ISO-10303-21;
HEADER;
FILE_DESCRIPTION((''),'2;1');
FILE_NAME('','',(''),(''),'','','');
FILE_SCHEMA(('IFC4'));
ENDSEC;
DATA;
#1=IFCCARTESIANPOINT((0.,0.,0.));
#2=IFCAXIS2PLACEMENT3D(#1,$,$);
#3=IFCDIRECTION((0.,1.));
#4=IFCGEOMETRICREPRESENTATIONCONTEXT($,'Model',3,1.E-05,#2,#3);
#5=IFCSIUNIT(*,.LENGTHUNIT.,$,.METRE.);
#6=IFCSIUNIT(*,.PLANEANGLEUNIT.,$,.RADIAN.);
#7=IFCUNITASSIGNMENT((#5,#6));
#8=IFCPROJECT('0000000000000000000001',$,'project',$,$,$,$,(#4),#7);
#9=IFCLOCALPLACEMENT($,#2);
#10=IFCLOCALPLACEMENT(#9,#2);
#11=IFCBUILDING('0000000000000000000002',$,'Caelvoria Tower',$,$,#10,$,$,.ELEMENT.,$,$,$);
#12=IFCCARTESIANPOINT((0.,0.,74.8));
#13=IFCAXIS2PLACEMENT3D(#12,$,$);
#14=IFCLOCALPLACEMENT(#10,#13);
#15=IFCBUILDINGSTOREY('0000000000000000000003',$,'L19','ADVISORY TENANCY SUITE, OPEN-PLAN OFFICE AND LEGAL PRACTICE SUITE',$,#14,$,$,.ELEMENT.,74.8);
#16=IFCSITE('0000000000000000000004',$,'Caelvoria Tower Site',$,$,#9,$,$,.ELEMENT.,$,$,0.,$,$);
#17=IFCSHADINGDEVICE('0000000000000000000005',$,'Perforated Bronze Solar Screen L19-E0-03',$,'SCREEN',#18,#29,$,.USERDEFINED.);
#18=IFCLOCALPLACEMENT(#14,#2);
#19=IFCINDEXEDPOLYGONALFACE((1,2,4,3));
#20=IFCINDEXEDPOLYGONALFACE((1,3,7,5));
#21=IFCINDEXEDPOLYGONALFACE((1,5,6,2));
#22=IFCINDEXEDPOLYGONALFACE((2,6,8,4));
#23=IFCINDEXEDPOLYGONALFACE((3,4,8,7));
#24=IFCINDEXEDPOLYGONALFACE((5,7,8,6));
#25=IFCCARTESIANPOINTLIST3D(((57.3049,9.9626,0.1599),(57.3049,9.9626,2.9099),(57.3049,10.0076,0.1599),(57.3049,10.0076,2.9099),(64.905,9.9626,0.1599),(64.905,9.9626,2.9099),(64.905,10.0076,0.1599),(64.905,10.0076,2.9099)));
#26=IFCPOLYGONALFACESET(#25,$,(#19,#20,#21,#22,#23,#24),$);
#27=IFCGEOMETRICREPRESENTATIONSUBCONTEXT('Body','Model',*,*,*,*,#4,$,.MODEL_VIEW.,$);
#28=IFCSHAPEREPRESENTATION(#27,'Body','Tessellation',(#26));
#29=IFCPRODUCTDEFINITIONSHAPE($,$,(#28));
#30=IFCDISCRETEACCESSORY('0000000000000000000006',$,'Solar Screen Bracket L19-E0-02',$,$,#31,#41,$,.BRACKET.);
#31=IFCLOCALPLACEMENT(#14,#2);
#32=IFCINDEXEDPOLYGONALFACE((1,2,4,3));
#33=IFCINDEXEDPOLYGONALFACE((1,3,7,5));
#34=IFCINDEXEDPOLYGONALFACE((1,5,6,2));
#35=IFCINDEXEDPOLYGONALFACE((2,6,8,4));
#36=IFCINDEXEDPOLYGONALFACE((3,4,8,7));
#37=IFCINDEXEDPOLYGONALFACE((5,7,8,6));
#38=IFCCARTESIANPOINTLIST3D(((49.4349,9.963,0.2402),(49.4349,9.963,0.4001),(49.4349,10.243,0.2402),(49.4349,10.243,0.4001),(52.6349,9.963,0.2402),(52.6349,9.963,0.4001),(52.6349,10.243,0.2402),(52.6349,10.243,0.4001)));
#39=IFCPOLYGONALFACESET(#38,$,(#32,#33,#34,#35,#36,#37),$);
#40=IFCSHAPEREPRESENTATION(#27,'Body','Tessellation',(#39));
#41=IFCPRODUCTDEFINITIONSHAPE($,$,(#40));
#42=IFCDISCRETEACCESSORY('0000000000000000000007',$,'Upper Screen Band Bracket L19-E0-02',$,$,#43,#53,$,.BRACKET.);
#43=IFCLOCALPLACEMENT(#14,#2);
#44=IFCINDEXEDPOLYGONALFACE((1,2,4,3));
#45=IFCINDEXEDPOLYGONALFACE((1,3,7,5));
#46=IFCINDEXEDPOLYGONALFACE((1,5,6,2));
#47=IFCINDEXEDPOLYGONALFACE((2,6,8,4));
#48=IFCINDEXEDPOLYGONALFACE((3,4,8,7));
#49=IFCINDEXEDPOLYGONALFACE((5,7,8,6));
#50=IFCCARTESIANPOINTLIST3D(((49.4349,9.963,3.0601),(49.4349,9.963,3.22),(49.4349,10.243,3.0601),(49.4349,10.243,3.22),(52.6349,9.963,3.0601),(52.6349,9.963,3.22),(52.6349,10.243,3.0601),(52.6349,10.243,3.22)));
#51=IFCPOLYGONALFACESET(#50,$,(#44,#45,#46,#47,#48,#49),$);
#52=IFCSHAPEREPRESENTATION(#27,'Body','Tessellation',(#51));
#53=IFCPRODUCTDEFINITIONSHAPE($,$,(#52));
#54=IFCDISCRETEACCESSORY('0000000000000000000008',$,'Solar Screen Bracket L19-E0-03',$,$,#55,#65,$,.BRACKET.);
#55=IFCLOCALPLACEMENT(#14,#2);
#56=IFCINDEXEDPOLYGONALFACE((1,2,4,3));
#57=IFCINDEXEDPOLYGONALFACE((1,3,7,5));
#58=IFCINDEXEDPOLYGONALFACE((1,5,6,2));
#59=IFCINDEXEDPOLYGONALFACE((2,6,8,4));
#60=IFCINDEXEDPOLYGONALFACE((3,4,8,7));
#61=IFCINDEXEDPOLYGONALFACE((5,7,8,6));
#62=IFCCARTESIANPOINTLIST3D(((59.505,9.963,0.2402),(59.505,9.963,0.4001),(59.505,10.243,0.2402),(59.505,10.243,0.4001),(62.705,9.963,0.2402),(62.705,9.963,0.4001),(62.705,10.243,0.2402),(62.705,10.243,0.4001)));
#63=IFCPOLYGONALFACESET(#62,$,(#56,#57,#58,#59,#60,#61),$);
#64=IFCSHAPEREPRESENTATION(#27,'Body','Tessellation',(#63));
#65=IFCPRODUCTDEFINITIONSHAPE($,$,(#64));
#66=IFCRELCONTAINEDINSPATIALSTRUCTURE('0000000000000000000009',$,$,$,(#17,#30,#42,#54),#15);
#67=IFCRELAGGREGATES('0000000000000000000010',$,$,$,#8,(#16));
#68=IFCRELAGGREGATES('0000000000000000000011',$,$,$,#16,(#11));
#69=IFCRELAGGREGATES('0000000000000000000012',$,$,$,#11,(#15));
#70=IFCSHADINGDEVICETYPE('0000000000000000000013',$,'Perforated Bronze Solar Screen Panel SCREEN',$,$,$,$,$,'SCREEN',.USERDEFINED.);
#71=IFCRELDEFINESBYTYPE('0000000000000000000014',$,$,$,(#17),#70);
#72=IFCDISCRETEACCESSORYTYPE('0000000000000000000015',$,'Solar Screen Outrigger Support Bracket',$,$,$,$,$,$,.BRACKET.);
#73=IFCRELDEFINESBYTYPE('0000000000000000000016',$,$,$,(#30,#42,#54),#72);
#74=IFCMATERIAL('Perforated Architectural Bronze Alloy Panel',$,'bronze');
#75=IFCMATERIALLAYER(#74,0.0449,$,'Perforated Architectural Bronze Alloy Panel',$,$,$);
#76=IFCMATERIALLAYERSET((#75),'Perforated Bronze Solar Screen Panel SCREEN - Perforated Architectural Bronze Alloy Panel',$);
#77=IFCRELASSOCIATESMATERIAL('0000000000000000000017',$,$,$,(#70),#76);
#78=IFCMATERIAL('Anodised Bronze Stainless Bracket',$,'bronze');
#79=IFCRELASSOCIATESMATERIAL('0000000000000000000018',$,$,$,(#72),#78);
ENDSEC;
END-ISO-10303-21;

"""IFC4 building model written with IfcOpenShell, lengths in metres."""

from ifc_helpers import new_model, si_unit, direction, frame, origin, origin_2d, place, context, subcontext, project, spatial, rectangle, extrude, material, layer, layer_set, type_object, element, save


model = new_model("IFC4")

# Units and contexts
model_context = context("Model", 3, precision=1e-05, world=origin(), true_north=direction((0.0, 1.0)))
body_context = subcontext(model_context, "Body", "Model", "MODEL_VIEW")
ifc_project = project(units=[si_unit("LENGTHUNIT", "METRE"), si_unit("PLANEANGLEUNIT", "RADIAN")], contexts=[model_context])

# Site, building, storey
site_placement = place(None, origin())
site = spatial("IfcSite", under=ifc_project, at=site_placement, Name="Caelvoria Tower Site", CompositionType="ELEMENT", RefElevation=0.0)
building_placement = place(site_placement, origin())
building = spatial("IfcBuilding", under=site, at=building_placement, Name="Caelvoria Tower", CompositionType="ELEMENT")
storey_placement = place(building_placement, frame((0.0, 0.0, 74.8)))
storey = spatial("IfcBuildingStorey", under=building, at=storey_placement, Name="L19", Description="ADVISORY TENANCY SUITE, OPEN-PLAN OFFICE AND LEGAL PRACTICE SUITE", CompositionType="ELEMENT", Elevation=74.8)

# Shading device
ifc_material_1 = material(Name="Perforated Architectural Bronze Alloy Panel", Category="bronze")
ifc_layer_1 = layer(ifc_material_1, 0.0449, Name="Perforated Architectural Bronze Alloy Panel")
ifc_layer_set_1 = layer_set([ifc_layer_1], Name="Perforated Bronze Solar Screen Panel SCREEN - Perforated Architectural Bronze Alloy Panel")
shading_device_type = type_object("IfcShadingDeviceType", Name="Perforated Bronze Solar Screen Panel SCREEN", ElementType="SCREEN", PredefinedType="USERDEFINED", material=ifc_layer_set_1)
for number, where, z_axis, x_axis, name in (
    (1, (61.105, 9.9851, 0.1599), (0.0, 0.0, 1.0), (1.0, 0.0, 0.0), "Perforated Bronze Solar Screen L19-E0-03"),
):
    element("IfcShadingDevice", number, at=place(storey_placement, frame(where, z_axis=z_axis, x_axis=x_axis)), inside=storey, type_object=shading_device_type, Name=name, ObjectType="SCREEN", PredefinedType="USERDEFINED", context=body_context, shape_type="SweptSolid", body=[
        extrude(rectangle(XDim=7.6001, YDim=0.0449, at=origin_2d()), origin(), (0.0, 0.0, 1.0), 2.75),
    ])

# Discrete accessories
ifc_material_2 = material(Name="Anodised Bronze Stainless Bracket", Category="bronze")
discrete_accessory_type = type_object("IfcDiscreteAccessoryType", Name="Solar Screen Outrigger Support Bracket", PredefinedType="BRACKET", material=ifc_material_2)
for number, where, z_axis, x_axis, name in (
    (2, (51.0349, 10.103, 0.2402), (0.0, 0.0, 1.0), (1.0, 0.0, 0.0), "Solar Screen Bracket L19-E0-02"),
    (3, (51.0349, 10.103, 3.0601), (0.0, 0.0, 1.0), (1.0, 0.0, 0.0), "Upper Screen Band Bracket L19-E0-02"),
    (4, (61.105, 10.103, 0.2402), (0.0, 0.0, 1.0), (1.0, 0.0, 0.0), "Solar Screen Bracket L19-E0-03"),
):
    element("IfcDiscreteAccessory", number, at=place(storey_placement, frame(where, z_axis=z_axis, x_axis=x_axis)), inside=storey, type_object=discrete_accessory_type, Name=name, PredefinedType="BRACKET", context=body_context, shape_type="SweptSolid", body=[
        extrude(rectangle(XDim=3.2, YDim=0.28, at=origin_2d()), origin(), (0.0, 0.0, 1.0), 0.1599),
    ])

save(model, "model.ifc")
